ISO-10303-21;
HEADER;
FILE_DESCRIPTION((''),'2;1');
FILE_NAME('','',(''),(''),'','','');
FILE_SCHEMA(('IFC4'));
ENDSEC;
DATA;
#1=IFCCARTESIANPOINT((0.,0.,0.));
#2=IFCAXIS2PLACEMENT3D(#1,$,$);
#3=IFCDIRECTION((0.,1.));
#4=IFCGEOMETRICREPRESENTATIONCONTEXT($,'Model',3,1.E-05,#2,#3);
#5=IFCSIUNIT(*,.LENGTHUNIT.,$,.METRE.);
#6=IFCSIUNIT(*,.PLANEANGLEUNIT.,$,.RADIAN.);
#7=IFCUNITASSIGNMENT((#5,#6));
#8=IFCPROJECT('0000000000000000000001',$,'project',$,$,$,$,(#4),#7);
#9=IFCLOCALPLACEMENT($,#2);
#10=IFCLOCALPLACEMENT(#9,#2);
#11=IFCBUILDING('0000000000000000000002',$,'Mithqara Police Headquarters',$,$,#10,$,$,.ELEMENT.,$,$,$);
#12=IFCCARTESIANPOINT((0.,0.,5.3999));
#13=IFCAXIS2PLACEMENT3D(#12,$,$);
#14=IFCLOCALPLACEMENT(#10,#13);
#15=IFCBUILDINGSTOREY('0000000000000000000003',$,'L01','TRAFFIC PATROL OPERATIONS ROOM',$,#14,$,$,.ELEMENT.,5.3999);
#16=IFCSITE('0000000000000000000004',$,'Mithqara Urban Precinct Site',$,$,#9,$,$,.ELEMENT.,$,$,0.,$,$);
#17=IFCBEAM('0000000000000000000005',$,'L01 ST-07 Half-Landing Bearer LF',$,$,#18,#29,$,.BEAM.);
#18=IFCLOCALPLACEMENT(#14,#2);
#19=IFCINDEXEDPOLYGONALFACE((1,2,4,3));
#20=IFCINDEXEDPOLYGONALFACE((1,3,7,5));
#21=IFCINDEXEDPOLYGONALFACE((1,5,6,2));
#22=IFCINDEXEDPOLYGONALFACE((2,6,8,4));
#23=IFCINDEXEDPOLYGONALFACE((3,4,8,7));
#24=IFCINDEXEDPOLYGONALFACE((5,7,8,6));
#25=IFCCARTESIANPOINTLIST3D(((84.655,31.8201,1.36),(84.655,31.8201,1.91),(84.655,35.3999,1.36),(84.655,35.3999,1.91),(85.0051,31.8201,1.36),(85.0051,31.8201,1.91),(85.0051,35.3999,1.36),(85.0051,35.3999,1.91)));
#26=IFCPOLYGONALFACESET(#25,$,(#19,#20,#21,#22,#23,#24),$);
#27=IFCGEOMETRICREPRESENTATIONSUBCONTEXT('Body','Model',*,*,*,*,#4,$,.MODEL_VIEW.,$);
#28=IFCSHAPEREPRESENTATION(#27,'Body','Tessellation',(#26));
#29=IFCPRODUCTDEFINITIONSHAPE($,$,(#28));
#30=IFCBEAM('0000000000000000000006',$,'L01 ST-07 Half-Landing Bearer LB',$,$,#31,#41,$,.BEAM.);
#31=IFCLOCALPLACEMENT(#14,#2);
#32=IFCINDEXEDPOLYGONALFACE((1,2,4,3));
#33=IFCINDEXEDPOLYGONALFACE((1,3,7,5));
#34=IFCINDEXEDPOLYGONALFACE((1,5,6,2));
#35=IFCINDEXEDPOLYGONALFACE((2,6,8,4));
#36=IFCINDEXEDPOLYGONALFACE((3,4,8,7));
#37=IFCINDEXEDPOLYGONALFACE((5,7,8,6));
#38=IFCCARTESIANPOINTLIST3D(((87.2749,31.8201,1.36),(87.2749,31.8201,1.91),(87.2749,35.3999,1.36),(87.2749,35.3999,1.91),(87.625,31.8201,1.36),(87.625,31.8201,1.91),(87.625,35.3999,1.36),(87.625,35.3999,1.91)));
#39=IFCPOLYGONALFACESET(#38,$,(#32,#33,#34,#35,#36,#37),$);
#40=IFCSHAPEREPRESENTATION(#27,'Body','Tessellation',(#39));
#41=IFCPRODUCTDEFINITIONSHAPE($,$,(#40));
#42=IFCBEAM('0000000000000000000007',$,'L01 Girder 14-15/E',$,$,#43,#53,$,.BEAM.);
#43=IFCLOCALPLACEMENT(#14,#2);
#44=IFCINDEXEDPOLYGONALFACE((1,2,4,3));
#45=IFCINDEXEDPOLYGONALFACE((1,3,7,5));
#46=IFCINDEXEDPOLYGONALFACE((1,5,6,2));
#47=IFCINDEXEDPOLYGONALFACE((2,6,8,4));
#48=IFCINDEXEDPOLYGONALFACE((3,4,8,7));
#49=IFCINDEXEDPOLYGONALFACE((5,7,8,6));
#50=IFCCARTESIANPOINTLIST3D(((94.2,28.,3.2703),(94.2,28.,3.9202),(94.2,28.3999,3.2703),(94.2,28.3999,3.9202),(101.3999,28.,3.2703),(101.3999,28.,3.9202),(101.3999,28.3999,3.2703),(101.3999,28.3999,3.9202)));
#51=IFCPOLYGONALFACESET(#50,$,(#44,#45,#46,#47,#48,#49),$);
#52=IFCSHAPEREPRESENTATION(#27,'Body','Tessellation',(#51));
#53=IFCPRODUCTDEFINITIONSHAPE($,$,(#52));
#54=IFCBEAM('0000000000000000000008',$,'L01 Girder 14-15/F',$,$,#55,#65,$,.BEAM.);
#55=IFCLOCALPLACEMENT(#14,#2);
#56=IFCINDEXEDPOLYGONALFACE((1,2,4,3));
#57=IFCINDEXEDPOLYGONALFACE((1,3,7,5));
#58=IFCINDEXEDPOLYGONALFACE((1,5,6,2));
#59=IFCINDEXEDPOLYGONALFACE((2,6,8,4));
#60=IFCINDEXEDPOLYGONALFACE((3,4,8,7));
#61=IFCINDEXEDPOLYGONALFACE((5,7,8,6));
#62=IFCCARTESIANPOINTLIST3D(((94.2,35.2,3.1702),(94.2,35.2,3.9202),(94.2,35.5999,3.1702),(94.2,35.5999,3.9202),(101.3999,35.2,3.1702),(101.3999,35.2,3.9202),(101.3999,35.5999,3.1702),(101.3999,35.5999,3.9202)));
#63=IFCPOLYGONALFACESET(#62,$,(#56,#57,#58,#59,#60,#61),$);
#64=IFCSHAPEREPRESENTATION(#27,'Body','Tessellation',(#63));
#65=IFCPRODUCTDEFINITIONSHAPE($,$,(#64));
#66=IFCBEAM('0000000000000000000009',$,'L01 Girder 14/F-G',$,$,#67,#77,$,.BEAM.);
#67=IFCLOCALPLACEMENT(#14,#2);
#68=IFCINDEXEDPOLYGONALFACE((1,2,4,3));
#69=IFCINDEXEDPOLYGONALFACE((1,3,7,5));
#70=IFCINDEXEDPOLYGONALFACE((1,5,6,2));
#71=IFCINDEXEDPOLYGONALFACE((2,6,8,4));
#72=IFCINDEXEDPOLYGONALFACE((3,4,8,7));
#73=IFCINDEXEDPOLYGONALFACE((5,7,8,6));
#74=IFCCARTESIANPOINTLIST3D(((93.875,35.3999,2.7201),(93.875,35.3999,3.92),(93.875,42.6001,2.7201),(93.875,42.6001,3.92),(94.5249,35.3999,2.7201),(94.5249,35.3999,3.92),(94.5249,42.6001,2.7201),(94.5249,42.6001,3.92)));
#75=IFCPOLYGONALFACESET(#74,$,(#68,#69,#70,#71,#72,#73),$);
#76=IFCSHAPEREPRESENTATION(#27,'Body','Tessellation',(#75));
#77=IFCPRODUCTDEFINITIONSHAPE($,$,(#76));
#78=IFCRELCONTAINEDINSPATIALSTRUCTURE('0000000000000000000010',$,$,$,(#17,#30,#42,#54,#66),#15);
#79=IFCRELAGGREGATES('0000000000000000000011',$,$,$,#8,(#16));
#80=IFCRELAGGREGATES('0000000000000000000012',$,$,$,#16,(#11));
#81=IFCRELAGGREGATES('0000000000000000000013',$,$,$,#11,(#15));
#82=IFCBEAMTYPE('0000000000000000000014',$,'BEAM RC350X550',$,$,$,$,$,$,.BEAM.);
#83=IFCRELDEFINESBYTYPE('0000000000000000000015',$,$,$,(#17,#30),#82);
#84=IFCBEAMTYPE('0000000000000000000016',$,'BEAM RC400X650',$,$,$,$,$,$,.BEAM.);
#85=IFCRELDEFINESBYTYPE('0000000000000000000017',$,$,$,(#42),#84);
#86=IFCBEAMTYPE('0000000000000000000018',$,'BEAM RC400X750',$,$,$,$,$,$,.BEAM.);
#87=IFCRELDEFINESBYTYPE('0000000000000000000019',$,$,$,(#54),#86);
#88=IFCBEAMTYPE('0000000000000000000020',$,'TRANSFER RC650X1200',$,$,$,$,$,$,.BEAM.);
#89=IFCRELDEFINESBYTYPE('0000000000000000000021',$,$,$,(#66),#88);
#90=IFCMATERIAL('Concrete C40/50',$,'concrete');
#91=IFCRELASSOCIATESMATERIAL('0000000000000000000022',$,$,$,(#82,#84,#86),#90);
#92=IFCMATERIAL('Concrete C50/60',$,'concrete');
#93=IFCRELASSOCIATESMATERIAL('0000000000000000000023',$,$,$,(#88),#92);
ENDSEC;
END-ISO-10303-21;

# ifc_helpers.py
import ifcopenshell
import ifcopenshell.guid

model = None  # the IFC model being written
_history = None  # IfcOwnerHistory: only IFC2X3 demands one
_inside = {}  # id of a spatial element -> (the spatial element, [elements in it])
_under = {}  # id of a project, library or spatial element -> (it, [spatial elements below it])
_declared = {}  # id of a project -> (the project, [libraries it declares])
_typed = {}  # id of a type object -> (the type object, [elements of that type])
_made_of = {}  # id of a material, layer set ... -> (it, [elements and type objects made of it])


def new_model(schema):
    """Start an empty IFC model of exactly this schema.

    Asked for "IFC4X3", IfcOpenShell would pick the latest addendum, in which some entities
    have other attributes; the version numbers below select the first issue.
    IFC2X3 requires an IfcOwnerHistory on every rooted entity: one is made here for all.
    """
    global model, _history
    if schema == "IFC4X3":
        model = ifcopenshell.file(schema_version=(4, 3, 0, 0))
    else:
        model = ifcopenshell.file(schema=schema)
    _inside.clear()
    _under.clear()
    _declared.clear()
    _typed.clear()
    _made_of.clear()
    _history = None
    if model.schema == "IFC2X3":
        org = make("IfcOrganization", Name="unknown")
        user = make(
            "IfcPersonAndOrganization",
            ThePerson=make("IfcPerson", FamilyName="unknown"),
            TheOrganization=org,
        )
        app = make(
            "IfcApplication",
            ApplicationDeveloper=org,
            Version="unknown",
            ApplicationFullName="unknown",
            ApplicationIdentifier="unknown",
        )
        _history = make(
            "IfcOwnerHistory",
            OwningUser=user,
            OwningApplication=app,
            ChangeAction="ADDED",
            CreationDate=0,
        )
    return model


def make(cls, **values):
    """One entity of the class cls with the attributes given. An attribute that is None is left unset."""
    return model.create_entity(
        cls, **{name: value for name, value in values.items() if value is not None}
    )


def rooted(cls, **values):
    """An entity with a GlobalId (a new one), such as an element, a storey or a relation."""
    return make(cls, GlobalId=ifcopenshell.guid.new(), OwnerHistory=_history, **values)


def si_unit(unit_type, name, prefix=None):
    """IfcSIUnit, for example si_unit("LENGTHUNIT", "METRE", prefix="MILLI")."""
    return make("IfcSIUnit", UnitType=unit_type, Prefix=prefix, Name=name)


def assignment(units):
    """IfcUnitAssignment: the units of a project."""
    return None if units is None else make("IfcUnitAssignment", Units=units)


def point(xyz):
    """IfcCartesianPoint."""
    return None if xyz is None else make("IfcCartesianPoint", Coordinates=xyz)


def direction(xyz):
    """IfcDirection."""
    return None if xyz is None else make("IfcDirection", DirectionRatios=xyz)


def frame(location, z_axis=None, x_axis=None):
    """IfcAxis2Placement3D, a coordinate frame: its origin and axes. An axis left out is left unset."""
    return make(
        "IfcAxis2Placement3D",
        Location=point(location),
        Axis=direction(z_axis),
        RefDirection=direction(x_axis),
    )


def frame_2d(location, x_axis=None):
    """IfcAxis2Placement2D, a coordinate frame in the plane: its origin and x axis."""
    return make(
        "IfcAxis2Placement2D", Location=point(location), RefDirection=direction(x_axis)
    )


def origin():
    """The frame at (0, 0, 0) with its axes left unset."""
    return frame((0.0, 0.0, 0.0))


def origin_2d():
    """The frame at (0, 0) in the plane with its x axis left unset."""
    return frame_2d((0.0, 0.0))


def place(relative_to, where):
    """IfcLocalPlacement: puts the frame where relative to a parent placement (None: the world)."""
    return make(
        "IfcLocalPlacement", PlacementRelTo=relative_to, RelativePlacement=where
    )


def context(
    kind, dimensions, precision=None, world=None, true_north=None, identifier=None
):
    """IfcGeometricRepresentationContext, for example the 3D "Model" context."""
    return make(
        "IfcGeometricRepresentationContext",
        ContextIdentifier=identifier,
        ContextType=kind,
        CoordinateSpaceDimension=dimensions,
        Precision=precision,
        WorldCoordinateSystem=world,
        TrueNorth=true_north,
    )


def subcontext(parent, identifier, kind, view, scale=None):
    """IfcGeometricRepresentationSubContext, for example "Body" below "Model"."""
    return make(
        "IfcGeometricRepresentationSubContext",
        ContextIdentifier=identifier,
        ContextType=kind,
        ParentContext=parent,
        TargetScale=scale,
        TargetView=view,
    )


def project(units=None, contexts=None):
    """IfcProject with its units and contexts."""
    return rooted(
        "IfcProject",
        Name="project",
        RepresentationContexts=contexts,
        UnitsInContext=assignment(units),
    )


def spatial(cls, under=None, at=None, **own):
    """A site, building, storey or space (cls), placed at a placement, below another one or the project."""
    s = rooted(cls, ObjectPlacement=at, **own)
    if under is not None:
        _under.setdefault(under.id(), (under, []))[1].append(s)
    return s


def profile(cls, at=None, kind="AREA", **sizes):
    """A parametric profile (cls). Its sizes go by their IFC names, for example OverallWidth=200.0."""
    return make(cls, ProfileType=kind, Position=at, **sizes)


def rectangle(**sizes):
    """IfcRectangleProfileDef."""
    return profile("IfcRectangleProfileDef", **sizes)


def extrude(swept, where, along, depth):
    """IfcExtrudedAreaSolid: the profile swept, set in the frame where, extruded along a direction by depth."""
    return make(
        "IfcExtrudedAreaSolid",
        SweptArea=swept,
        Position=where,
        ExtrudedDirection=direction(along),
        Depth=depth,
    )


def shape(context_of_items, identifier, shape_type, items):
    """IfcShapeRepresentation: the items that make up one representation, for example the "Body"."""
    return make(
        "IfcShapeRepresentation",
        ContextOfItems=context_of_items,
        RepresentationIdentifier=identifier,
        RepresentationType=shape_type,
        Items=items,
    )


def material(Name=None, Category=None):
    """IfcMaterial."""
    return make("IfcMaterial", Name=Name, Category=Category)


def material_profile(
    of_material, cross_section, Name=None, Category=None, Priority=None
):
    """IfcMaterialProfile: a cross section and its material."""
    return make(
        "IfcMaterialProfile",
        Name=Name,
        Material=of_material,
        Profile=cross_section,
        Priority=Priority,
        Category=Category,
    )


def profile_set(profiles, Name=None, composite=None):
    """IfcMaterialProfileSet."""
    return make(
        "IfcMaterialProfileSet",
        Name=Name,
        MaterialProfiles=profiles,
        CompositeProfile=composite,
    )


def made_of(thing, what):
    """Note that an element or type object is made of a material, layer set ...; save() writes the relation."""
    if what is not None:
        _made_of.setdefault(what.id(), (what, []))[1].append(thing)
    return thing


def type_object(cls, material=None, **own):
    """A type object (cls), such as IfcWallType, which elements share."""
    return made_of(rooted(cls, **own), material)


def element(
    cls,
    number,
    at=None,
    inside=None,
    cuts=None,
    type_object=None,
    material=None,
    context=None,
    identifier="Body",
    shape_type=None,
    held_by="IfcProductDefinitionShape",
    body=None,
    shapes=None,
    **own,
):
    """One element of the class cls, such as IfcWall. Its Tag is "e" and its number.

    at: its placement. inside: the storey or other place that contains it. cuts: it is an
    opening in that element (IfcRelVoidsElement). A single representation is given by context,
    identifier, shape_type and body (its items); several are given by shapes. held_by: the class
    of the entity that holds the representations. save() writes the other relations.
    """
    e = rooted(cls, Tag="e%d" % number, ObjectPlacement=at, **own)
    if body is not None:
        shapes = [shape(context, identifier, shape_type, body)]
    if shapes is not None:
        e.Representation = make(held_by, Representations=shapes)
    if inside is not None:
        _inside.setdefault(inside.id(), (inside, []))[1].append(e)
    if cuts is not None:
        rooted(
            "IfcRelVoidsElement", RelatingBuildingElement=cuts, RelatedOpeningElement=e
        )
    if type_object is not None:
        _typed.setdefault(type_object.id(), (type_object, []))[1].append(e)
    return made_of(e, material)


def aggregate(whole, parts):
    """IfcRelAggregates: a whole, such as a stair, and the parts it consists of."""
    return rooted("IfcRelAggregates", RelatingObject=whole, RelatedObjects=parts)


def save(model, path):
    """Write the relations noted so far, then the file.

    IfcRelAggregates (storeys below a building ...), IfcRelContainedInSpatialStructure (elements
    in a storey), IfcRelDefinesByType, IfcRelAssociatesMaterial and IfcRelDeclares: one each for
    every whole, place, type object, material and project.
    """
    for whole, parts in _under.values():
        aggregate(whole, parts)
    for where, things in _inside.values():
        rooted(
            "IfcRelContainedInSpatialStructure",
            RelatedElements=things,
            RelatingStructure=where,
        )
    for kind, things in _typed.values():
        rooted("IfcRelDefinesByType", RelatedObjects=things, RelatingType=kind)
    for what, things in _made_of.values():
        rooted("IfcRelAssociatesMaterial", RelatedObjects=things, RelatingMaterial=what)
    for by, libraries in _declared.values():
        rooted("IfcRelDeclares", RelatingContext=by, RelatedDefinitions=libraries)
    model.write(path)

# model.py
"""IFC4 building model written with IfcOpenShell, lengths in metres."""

from ifc_helpers import new_model, si_unit, direction, frame, origin, origin_2d, place, context, subcontext, project, spatial, rectangle, extrude, material, material_profile, profile_set, type_object, element, save


model = new_model("IFC4")

# Units and contexts
model_context = context("Model", 3, precision=1e-05, world=origin(), true_north=direction((0.0, 1.0)))
body_context = subcontext(model_context, "Body", "Model", "MODEL_VIEW")
ifc_project = project(units=[si_unit("LENGTHUNIT", "METRE"), si_unit("PLANEANGLEUNIT", "RADIAN")], contexts=[model_context])

# Site, building, storey
site_placement = place(None, origin())
site = spatial("IfcSite", under=ifc_project, at=site_placement, Name="Mithqara Urban Precinct Site", CompositionType="ELEMENT", RefElevation=0.0)
building_placement = place(site_placement, origin())
building = spatial("IfcBuilding", under=site, at=building_placement, Name="Mithqara Police Headquarters", CompositionType="ELEMENT")
storey_placement = place(building_placement, frame((0.0, 0.0, 5.3999)))
storey = spatial("IfcBuildingStorey", under=building, at=storey_placement, Name="L01", Description="TRAFFIC PATROL OPERATIONS ROOM", CompositionType="ELEMENT", Elevation=5.3999)

# Beams
ifc_material_1 = material(Name="Concrete C40/50", Category="concrete")
ifc_material_profile_1 = material_profile(ifc_material_1, rectangle(XDim=0.3501, YDim=0.55, at=origin_2d()), Name="RC 350x550")
ifc_profile_set_1 = profile_set([ifc_material_profile_1], Name="Concrete C40/50")
beam_type_1 = type_object("IfcBeamType", Name="BEAM RC350X550", PredefinedType="BEAM", material=ifc_profile_set_1)
for number, where, z_axis, x_axis, name in (
    (1, (84.8301, 31.8201, 1.635), (0.0, 1.0, 0.0), (-1.0, 0.0, 0.0), "L01 ST-07 Half-Landing Bearer LF"),
    (2, (87.45, 31.8201, 1.635), (0.0, 1.0, 0.0), (-1.0, 0.0, 0.0), "L01 ST-07 Half-Landing Bearer LB"),
):
    element("IfcBeam", number, at=place(storey_placement, frame(where, z_axis=z_axis, x_axis=x_axis)), inside=storey, type_object=beam_type_1, Name=name, PredefinedType="BEAM", context=body_context, shape_type="SweptSolid", body=[
        extrude(rectangle(XDim=0.3501, YDim=0.55, at=origin_2d()), origin(), (0.0, 0.0, 1.0), 3.5798),
    ])
ifc_material_profile_2 = material_profile(ifc_material_1, rectangle(XDim=0.3999, YDim=0.6499, at=origin_2d()), Name="RC 400x650")
ifc_profile_set_2 = profile_set([ifc_material_profile_2], Name="Concrete C40/50")
beam_type_2 = type_object("IfcBeamType", Name="BEAM RC400X650", PredefinedType="BEAM", material=ifc_profile_set_2)
beam_1_placement = place(storey_placement, frame((94.2, 28.2, 3.5952), z_axis=(1.0, 0.0, 0.0), x_axis=(0.0, 1.0, 0.0)))
element("IfcBeam", 3, at=beam_1_placement, inside=storey, type_object=beam_type_2, Name="L01 Girder 14-15/E", PredefinedType="BEAM", context=body_context, shape_type="SweptSolid", body=[
    extrude(rectangle(XDim=0.3999, YDim=0.6499, at=origin_2d()), origin(), (0.0, 0.0, 1.0), 7.2),
])
ifc_material_profile_3 = material_profile(ifc_material_1, rectangle(XDim=0.3999, YDim=0.75, at=origin_2d()), Name="RC 400x750")
ifc_profile_set_3 = profile_set([ifc_material_profile_3], Name="Concrete C40/50")
beam_type_3 = type_object("IfcBeamType", Name="BEAM RC400X750", PredefinedType="BEAM", material=ifc_profile_set_3)
beam_2_placement = place(storey_placement, frame((94.2, 35.3999, 3.5452), z_axis=(1.0, 0.0, 0.0), x_axis=(0.0, 1.0, 0.0)))
element("IfcBeam", 4, at=beam_2_placement, inside=storey, type_object=beam_type_3, Name="L01 Girder 14-15/F", PredefinedType="BEAM", context=body_context, shape_type="SweptSolid", body=[
    extrude(rectangle(XDim=0.3999, YDim=0.75, at=origin_2d()), origin(), (0.0, 0.0, 1.0), 7.2),
])
ifc_material_2 = material(Name="Concrete C50/60", Category="concrete")
ifc_material_profile_4 = material_profile(ifc_material_2, rectangle(XDim=0.6499, YDim=1.2, at=origin_2d()), Name="RC 650x1200")
ifc_profile_set_4 = profile_set([ifc_material_profile_4], Name="Concrete C50/60")
beam_type_4 = type_object("IfcBeamType", Name="TRANSFER RC650X1200", PredefinedType="BEAM", material=ifc_profile_set_4)
beam_3_placement = place(storey_placement, frame((94.2, 35.3999, 3.3201), z_axis=(0.0, 1.0, 0.0), x_axis=(-1.0, 0.0, 0.0)))
element("IfcBeam", 5, at=beam_3_placement, inside=storey, type_object=beam_type_4, Name="L01 Girder 14/F-G", PredefinedType="BEAM", context=body_context, shape_type="SweptSolid", body=[
    extrude(rectangle(XDim=0.6499, YDim=1.2, at=origin_2d()), origin(), (0.0, 0.0, 1.0), 7.2002),
])

save(model, "model.ifc")
